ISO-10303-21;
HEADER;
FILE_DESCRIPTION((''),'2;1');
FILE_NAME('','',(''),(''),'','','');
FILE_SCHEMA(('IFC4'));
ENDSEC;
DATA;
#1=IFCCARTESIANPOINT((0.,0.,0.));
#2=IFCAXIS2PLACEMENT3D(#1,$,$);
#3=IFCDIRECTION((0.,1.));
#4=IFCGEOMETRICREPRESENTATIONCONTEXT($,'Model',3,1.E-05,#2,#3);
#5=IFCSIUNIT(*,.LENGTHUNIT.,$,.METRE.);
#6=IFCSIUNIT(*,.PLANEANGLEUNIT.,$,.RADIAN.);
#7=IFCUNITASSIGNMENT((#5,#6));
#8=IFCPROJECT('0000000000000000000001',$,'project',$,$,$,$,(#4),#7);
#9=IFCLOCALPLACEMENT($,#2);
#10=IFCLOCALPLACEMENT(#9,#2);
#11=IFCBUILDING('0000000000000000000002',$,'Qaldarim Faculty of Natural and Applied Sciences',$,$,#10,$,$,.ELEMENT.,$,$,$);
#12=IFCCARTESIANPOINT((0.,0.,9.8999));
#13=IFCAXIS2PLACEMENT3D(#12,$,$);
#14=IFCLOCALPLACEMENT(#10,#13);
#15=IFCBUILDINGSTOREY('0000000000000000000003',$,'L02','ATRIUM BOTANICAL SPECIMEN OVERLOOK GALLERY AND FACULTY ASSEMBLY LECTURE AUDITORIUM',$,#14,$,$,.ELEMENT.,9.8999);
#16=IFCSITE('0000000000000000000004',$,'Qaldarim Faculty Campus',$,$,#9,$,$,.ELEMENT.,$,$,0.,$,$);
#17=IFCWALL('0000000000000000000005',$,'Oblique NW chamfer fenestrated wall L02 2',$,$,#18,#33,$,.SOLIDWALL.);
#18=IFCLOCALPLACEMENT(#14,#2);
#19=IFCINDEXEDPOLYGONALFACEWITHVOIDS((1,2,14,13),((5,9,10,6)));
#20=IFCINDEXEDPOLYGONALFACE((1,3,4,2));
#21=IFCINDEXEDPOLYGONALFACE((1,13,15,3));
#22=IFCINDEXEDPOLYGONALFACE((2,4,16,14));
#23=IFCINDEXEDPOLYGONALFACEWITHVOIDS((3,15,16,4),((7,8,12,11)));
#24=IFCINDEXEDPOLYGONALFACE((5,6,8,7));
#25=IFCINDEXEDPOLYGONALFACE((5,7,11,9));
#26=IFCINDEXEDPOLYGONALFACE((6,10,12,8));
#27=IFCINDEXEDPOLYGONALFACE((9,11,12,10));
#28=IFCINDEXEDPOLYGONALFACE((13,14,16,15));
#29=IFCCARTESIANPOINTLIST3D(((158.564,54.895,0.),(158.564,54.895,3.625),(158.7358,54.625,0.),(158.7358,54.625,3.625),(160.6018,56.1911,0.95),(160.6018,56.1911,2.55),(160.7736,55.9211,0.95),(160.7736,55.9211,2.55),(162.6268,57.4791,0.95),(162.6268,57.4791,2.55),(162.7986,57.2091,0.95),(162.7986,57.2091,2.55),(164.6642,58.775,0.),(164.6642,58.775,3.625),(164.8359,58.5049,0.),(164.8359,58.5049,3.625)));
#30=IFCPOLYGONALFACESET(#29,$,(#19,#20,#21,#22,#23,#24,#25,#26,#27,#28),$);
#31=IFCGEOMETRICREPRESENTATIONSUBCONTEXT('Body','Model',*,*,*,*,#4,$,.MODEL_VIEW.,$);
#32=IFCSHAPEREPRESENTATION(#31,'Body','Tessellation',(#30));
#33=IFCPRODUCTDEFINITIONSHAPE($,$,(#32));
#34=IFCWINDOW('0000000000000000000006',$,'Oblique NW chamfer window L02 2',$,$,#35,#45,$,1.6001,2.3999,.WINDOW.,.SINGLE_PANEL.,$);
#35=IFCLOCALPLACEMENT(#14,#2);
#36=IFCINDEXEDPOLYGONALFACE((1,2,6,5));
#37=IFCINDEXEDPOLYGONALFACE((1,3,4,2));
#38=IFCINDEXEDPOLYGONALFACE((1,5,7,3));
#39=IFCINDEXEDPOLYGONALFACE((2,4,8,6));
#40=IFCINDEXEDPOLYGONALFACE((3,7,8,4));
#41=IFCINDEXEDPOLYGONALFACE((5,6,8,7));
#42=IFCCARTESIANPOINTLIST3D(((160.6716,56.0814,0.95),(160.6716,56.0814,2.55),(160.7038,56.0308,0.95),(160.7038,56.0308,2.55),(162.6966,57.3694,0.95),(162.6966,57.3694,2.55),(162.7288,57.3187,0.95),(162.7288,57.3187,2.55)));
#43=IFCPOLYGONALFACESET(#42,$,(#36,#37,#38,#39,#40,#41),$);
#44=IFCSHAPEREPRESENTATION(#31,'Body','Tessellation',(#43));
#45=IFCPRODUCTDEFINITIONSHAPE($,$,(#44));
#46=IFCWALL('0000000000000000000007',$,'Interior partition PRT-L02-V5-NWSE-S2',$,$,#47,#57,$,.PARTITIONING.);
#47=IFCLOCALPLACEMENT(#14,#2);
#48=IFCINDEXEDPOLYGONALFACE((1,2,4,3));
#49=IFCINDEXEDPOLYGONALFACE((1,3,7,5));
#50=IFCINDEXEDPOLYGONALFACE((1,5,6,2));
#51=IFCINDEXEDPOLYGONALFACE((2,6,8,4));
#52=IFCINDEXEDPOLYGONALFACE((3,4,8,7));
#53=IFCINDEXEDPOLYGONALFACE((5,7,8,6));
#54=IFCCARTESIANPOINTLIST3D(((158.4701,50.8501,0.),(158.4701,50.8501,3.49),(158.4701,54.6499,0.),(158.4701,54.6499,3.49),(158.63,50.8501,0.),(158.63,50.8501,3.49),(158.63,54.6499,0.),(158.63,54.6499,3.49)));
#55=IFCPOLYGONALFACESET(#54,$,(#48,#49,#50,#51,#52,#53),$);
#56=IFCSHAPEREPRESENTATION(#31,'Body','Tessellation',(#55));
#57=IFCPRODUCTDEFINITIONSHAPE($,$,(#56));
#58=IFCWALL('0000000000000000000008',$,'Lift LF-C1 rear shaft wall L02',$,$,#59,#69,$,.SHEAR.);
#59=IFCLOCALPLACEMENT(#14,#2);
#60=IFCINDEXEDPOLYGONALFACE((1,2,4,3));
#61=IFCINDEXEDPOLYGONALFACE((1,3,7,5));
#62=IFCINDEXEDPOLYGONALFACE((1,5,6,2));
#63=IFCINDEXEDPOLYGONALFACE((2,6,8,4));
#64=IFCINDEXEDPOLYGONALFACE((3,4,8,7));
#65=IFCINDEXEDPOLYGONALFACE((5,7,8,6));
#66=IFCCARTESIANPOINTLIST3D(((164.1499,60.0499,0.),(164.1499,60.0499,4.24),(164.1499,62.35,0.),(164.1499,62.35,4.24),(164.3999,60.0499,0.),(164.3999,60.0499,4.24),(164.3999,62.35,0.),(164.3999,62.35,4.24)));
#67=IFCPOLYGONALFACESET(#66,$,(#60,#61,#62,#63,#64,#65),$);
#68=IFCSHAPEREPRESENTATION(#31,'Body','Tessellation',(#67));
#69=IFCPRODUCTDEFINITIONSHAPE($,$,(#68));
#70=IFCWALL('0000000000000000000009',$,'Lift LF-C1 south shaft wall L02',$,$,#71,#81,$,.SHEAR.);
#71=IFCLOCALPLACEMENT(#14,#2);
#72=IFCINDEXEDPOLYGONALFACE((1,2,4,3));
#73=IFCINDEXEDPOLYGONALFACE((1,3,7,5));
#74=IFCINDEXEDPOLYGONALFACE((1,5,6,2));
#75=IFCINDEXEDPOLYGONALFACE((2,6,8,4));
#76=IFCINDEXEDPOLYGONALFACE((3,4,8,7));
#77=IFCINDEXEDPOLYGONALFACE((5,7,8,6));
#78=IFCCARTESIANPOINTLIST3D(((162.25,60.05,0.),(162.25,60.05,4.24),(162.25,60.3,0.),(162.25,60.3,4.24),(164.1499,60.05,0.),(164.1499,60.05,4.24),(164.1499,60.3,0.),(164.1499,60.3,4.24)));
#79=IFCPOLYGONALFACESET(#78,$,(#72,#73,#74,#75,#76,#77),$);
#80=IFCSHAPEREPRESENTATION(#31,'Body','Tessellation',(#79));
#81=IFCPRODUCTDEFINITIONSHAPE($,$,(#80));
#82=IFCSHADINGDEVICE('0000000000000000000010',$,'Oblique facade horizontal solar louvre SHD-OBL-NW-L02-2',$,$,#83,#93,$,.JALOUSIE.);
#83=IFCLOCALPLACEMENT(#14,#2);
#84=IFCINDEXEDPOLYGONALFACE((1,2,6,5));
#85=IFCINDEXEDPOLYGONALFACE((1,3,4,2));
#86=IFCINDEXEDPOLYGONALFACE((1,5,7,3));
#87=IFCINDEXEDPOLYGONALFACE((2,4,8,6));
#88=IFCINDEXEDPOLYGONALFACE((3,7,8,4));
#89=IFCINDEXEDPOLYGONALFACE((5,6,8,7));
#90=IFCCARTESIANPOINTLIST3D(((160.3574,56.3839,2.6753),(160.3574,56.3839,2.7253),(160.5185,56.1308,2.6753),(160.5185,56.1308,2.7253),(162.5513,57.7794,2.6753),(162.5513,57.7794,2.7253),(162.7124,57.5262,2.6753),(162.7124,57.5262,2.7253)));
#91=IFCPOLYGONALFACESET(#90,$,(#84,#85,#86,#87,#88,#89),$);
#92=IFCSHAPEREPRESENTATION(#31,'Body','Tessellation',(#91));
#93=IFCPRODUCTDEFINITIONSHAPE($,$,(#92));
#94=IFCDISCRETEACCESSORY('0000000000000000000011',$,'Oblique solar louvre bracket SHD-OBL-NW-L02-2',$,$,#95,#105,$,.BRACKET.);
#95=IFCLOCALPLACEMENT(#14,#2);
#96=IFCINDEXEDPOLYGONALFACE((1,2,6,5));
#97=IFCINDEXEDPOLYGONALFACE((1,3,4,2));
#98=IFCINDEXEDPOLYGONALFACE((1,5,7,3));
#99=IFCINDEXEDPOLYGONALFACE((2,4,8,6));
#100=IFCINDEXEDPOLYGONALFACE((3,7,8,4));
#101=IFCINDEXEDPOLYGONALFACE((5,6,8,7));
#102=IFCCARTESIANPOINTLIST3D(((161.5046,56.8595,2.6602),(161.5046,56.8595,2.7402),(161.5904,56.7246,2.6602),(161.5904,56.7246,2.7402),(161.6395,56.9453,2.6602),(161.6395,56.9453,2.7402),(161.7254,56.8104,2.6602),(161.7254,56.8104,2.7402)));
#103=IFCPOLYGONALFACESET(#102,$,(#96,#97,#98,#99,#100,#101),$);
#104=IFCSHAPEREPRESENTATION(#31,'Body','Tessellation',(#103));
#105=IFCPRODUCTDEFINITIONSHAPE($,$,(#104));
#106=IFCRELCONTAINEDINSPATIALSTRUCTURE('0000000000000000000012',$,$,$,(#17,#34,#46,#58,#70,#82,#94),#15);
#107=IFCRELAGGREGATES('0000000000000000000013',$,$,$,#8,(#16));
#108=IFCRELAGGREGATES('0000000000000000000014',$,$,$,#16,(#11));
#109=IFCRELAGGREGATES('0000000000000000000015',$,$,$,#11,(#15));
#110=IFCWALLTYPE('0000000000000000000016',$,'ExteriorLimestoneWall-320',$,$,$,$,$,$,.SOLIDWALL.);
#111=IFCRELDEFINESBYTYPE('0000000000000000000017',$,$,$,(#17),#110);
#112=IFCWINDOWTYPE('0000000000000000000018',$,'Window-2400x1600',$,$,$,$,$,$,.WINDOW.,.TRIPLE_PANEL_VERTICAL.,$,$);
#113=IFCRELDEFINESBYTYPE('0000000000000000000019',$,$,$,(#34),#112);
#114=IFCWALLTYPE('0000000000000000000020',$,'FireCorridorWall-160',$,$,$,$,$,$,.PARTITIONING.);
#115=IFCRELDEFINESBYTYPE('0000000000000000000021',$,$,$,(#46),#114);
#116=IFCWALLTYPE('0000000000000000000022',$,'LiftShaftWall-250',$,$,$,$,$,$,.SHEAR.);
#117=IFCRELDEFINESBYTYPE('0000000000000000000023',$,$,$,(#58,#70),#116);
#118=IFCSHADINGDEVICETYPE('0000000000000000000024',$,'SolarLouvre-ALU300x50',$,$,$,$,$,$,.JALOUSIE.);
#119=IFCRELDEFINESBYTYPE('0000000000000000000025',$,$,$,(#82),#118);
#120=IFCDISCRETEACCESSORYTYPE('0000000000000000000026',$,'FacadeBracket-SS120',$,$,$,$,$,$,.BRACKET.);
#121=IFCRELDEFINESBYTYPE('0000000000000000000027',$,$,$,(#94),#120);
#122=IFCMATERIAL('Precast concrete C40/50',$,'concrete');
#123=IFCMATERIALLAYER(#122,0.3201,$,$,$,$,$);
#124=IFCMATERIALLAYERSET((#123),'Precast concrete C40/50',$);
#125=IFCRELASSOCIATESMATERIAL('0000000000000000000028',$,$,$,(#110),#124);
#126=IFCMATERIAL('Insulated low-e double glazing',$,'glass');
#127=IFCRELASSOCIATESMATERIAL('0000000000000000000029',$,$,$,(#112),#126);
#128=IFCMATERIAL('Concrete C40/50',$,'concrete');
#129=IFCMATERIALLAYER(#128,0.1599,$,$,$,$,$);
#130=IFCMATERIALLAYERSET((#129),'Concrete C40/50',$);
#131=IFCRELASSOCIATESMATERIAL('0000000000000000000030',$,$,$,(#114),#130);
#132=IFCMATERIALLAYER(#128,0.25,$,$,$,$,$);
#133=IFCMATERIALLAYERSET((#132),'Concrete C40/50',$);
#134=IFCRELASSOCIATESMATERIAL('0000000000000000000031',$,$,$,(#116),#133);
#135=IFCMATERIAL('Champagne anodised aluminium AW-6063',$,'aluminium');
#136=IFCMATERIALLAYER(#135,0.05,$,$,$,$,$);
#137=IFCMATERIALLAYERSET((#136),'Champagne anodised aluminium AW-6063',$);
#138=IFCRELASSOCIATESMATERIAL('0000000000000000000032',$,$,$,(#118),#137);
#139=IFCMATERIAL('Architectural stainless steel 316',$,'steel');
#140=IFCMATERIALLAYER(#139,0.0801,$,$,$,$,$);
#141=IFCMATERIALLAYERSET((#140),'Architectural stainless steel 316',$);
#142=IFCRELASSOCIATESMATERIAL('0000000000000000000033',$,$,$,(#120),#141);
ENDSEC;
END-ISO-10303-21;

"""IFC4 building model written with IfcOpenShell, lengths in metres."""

from ifc_helpers import new_model, si_unit, direction, frame, frame_2d, origin, origin_2d, place, context, subcontext, project, spatial, rectangle, extrude, material, layer, layer_set, type_object, element, fill, save


model = new_model("IFC4")

# Units and contexts
model_context = context("Model", 3, precision=1e-05, world=origin(), true_north=direction((0.0, 1.0)))
body_context = subcontext(model_context, "Body", "Model", "MODEL_VIEW")
ifc_project = project(units=[si_unit("LENGTHUNIT", "METRE"), si_unit("PLANEANGLEUNIT", "RADIAN")], contexts=[model_context])

# Site, building, storey
site_placement = place(None, origin())
site = spatial("IfcSite", under=ifc_project, at=site_placement, Name="Qaldarim Faculty Campus", CompositionType="ELEMENT", RefElevation=0.0)
building_placement = place(site_placement, origin())
building = spatial("IfcBuilding", under=site, at=building_placement, Name="Qaldarim Faculty of Natural and Applied Sciences", CompositionType="ELEMENT")
storey_placement = place(building_placement, frame((0.0, 0.0, 9.8999)))
storey = spatial("IfcBuildingStorey", under=building, at=storey_placement, Name="L02", Description="ATRIUM BOTANICAL SPECIMEN OVERLOOK GALLERY AND FACULTY ASSEMBLY LECTURE AUDITORIUM", CompositionType="ELEMENT", Elevation=9.8999)

# Shared definitions
ifc_material_1 = material(Name="Concrete C40/50", Category="concrete")
ifc_material_2 = material(Name="Precast concrete C40/50", Category="concrete")

# Shared definitions
ifc_material_3 = material(Name="Architectural stainless steel 316", Category="steel")

# Wall, opening, window
ifc_layer_1 = layer(ifc_material_2, 0.3201)
ifc_layer_set_1 = layer_set([ifc_layer_1], Name="Precast concrete C40/50")
wall_type_1 = type_object("IfcWallType", Name="ExteriorLimestoneWall-320", PredefinedType="SOLIDWALL", material=ifc_layer_set_1)
wall_1_placement = place(storey_placement, frame((158.6499, 54.76, 0.0), z_axis=(0.0, 0.0, 1.0), x_axis=(0.843787, 0.536679, 0.0)))
wall_1 = element("IfcWall", 1, at=wall_1_placement, inside=storey, type_object=wall_type_1, Name="Oblique NW chamfer fenestrated wall L02 2", PredefinedType="SOLIDWALL", context=body_context, shape_type="SweptSolid", body=[
    extrude(rectangle(XDim=7.2295, YDim=0.3201, at=frame_2d((3.6147, 0.0))), origin(), (0.0, 0.0, 1.0), 3.625),
])
opening_1_placement = place(wall_1_placement, frame((2.415, 0.0, 0.95)))
opening_1 = element("IfcOpeningElement", 2, at=opening_1_placement, cuts=wall_1, PredefinedType="OPENING", context=body_context, shape_type="SweptSolid", body=[
    extrude(rectangle(XDim=2.3999, YDim=1.6001, at=frame_2d((1.2, 0.8))), frame((0.0, 0.1699, 0.0), z_axis=(0.0, -1.0, 0.0), x_axis=(1.0, 0.0, 0.0)), (0.0, 0.0, 1.0), 0.3401),
])
ifc_material_4 = material(Name="Insulated low-e double glazing", Category="glass")
window_type = type_object("IfcWindowType", Name="Window-2400x1600", PartitioningType="TRIPLE_PANEL_VERTICAL", PredefinedType="WINDOW", material=ifc_material_4)
window_placement = place(opening_1_placement, origin())
window = element("IfcWindow", 3, at=window_placement, inside=storey, type_object=window_type, Name="Oblique NW chamfer window L02 2", OverallHeight=1.6001, OverallWidth=2.3999, PartitioningType="SINGLE_PANEL", PredefinedType="WINDOW", context=body_context, shape_type="SweptSolid", body=[
    extrude(rectangle(XDim=2.3999, YDim=1.6001, at=frame_2d((1.2, 0.8))), frame((0.0, 0.03, 0.0), z_axis=(0.0, -1.0, 0.0), x_axis=(1.0, 0.0, 0.0)), (0.0, 0.0, 1.0), 0.0601),
])
fill(opening_1, window)

# Wall
ifc_layer_2 = layer(ifc_material_1, 0.1599)
ifc_layer_set_2 = layer_set([ifc_layer_2], Name="Concrete C40/50")
wall_type_2 = type_object("IfcWallType", Name="FireCorridorWall-160", PredefinedType="PARTITIONING", material=ifc_layer_set_2)
wall_2_placement = place(storey_placement, frame((158.55, 50.8501, 0.0), z_axis=(0.0, 0.0, 1.0), x_axis=(0.0, 1.0, 0.0)))
element("IfcWall", 4, at=wall_2_placement, inside=storey, type_object=wall_type_2, Name="Interior partition PRT-L02-V5-NWSE-S2", PredefinedType="PARTITIONING", context=body_context, shape_type="SweptSolid", body=[
    extrude(rectangle(XDim=3.7998, YDim=0.1599, at=frame_2d((1.8999, 0.0))), origin(), (0.0, 0.0, 1.0), 3.49),
])

# Shared definitions
ifc_layer_3 = layer(ifc_material_1, 0.25)
ifc_layer_set_3 = layer_set([ifc_layer_3], Name="Concrete C40/50")
wall_type_3 = type_object("IfcWallType", Name="LiftShaftWall-250", PredefinedType="SHEAR", material=ifc_layer_set_3)

# Walls
wall_3_placement = place(storey_placement, frame((164.2749, 60.05, 0.0), z_axis=(0.0, 0.0, 1.0), x_axis=(0.0, 1.0, 0.0)))
element("IfcWall", 5, at=wall_3_placement, inside=storey, type_object=wall_type_3, Name="Lift LF-C1 rear shaft wall L02", PredefinedType="SHEAR", context=body_context, shape_type="SweptSolid", body=[
    extrude(rectangle(XDim=2.3, YDim=0.25, at=frame_2d((1.1499, 0.0))), origin(), (0.0, 0.0, 1.0), 4.24),
])
wall_4_placement = place(storey_placement, frame((162.25, 60.175, 0.0), z_axis=(0.0, 0.0, 1.0), x_axis=(1.0, 0.0, 0.0)))
element("IfcWall", 6, at=wall_4_placement, inside=storey, type_object=wall_type_3, Name="Lift LF-C1 south shaft wall L02", PredefinedType="SHEAR", context=body_context, shape_type="SweptSolid", body=[
    extrude(rectangle(XDim=1.8999, YDim=0.25, at=frame_2d((0.95, 0.0))), origin(), (0.0, 0.0, 1.0), 4.24),
])

# Shading device
ifc_material_5 = material(Name="Champagne anodised aluminium AW-6063", Category="aluminium")
ifc_layer_4 = layer(ifc_material_5, 0.05)
ifc_layer_set_4 = layer_set([ifc_layer_4], Name="Champagne anodised aluminium AW-6063")
shading_device_type = type_object("IfcShadingDeviceType", Name="SolarLouvre-ALU300x50", PredefinedType="JALOUSIE", material=ifc_layer_set_4)
shading_device_placement = place(storey_placement, frame((161.5349, 56.9551, 2.6753), z_axis=(0.0, 0.0, 1.0), x_axis=(0.843776, 0.536696, 0.0)))
element("IfcShadingDevice", 7, at=shading_device_placement, inside=storey, type_object=shading_device_type, Name="Oblique facade horizontal solar louvre SHD-OBL-NW-L02-2", PredefinedType="JALOUSIE", context=body_context, shape_type="SweptSolid", body=[
    extrude(rectangle(XDim=2.6001, YDim=0.3, at=origin_2d()), origin(), (0.0, 0.0, 1.0), 0.05),
])

# Discrete accessory
ifc_layer_5 = layer(ifc_material_3, 0.0801)
ifc_layer_set_5 = layer_set([ifc_layer_5], Name="Architectural stainless steel 316")
discrete_accessory_type = type_object("IfcDiscreteAccessoryType", Name="FacadeBracket-SS120", PredefinedType="BRACKET", material=ifc_layer_set_5)
discrete_accessory_placement = place(storey_placement, frame((161.615, 56.835, 2.6602), z_axis=(0.0, 0.0, 1.0), x_axis=(0.843776, 0.536696, 0.0)))
element("IfcDiscreteAccessory", 8, at=discrete_accessory_placement, inside=storey, type_object=discrete_accessory_type, Name="Oblique solar louvre bracket SHD-OBL-NW-L02-2", PredefinedType="BRACKET", context=body_context, shape_type="SweptSolid", body=[
    extrude(rectangle(XDim=0.1599, YDim=0.1599, at=origin_2d()), origin(), (0.0, 0.0, 1.0), 0.0801),
])

save(model, "model.ifc")
